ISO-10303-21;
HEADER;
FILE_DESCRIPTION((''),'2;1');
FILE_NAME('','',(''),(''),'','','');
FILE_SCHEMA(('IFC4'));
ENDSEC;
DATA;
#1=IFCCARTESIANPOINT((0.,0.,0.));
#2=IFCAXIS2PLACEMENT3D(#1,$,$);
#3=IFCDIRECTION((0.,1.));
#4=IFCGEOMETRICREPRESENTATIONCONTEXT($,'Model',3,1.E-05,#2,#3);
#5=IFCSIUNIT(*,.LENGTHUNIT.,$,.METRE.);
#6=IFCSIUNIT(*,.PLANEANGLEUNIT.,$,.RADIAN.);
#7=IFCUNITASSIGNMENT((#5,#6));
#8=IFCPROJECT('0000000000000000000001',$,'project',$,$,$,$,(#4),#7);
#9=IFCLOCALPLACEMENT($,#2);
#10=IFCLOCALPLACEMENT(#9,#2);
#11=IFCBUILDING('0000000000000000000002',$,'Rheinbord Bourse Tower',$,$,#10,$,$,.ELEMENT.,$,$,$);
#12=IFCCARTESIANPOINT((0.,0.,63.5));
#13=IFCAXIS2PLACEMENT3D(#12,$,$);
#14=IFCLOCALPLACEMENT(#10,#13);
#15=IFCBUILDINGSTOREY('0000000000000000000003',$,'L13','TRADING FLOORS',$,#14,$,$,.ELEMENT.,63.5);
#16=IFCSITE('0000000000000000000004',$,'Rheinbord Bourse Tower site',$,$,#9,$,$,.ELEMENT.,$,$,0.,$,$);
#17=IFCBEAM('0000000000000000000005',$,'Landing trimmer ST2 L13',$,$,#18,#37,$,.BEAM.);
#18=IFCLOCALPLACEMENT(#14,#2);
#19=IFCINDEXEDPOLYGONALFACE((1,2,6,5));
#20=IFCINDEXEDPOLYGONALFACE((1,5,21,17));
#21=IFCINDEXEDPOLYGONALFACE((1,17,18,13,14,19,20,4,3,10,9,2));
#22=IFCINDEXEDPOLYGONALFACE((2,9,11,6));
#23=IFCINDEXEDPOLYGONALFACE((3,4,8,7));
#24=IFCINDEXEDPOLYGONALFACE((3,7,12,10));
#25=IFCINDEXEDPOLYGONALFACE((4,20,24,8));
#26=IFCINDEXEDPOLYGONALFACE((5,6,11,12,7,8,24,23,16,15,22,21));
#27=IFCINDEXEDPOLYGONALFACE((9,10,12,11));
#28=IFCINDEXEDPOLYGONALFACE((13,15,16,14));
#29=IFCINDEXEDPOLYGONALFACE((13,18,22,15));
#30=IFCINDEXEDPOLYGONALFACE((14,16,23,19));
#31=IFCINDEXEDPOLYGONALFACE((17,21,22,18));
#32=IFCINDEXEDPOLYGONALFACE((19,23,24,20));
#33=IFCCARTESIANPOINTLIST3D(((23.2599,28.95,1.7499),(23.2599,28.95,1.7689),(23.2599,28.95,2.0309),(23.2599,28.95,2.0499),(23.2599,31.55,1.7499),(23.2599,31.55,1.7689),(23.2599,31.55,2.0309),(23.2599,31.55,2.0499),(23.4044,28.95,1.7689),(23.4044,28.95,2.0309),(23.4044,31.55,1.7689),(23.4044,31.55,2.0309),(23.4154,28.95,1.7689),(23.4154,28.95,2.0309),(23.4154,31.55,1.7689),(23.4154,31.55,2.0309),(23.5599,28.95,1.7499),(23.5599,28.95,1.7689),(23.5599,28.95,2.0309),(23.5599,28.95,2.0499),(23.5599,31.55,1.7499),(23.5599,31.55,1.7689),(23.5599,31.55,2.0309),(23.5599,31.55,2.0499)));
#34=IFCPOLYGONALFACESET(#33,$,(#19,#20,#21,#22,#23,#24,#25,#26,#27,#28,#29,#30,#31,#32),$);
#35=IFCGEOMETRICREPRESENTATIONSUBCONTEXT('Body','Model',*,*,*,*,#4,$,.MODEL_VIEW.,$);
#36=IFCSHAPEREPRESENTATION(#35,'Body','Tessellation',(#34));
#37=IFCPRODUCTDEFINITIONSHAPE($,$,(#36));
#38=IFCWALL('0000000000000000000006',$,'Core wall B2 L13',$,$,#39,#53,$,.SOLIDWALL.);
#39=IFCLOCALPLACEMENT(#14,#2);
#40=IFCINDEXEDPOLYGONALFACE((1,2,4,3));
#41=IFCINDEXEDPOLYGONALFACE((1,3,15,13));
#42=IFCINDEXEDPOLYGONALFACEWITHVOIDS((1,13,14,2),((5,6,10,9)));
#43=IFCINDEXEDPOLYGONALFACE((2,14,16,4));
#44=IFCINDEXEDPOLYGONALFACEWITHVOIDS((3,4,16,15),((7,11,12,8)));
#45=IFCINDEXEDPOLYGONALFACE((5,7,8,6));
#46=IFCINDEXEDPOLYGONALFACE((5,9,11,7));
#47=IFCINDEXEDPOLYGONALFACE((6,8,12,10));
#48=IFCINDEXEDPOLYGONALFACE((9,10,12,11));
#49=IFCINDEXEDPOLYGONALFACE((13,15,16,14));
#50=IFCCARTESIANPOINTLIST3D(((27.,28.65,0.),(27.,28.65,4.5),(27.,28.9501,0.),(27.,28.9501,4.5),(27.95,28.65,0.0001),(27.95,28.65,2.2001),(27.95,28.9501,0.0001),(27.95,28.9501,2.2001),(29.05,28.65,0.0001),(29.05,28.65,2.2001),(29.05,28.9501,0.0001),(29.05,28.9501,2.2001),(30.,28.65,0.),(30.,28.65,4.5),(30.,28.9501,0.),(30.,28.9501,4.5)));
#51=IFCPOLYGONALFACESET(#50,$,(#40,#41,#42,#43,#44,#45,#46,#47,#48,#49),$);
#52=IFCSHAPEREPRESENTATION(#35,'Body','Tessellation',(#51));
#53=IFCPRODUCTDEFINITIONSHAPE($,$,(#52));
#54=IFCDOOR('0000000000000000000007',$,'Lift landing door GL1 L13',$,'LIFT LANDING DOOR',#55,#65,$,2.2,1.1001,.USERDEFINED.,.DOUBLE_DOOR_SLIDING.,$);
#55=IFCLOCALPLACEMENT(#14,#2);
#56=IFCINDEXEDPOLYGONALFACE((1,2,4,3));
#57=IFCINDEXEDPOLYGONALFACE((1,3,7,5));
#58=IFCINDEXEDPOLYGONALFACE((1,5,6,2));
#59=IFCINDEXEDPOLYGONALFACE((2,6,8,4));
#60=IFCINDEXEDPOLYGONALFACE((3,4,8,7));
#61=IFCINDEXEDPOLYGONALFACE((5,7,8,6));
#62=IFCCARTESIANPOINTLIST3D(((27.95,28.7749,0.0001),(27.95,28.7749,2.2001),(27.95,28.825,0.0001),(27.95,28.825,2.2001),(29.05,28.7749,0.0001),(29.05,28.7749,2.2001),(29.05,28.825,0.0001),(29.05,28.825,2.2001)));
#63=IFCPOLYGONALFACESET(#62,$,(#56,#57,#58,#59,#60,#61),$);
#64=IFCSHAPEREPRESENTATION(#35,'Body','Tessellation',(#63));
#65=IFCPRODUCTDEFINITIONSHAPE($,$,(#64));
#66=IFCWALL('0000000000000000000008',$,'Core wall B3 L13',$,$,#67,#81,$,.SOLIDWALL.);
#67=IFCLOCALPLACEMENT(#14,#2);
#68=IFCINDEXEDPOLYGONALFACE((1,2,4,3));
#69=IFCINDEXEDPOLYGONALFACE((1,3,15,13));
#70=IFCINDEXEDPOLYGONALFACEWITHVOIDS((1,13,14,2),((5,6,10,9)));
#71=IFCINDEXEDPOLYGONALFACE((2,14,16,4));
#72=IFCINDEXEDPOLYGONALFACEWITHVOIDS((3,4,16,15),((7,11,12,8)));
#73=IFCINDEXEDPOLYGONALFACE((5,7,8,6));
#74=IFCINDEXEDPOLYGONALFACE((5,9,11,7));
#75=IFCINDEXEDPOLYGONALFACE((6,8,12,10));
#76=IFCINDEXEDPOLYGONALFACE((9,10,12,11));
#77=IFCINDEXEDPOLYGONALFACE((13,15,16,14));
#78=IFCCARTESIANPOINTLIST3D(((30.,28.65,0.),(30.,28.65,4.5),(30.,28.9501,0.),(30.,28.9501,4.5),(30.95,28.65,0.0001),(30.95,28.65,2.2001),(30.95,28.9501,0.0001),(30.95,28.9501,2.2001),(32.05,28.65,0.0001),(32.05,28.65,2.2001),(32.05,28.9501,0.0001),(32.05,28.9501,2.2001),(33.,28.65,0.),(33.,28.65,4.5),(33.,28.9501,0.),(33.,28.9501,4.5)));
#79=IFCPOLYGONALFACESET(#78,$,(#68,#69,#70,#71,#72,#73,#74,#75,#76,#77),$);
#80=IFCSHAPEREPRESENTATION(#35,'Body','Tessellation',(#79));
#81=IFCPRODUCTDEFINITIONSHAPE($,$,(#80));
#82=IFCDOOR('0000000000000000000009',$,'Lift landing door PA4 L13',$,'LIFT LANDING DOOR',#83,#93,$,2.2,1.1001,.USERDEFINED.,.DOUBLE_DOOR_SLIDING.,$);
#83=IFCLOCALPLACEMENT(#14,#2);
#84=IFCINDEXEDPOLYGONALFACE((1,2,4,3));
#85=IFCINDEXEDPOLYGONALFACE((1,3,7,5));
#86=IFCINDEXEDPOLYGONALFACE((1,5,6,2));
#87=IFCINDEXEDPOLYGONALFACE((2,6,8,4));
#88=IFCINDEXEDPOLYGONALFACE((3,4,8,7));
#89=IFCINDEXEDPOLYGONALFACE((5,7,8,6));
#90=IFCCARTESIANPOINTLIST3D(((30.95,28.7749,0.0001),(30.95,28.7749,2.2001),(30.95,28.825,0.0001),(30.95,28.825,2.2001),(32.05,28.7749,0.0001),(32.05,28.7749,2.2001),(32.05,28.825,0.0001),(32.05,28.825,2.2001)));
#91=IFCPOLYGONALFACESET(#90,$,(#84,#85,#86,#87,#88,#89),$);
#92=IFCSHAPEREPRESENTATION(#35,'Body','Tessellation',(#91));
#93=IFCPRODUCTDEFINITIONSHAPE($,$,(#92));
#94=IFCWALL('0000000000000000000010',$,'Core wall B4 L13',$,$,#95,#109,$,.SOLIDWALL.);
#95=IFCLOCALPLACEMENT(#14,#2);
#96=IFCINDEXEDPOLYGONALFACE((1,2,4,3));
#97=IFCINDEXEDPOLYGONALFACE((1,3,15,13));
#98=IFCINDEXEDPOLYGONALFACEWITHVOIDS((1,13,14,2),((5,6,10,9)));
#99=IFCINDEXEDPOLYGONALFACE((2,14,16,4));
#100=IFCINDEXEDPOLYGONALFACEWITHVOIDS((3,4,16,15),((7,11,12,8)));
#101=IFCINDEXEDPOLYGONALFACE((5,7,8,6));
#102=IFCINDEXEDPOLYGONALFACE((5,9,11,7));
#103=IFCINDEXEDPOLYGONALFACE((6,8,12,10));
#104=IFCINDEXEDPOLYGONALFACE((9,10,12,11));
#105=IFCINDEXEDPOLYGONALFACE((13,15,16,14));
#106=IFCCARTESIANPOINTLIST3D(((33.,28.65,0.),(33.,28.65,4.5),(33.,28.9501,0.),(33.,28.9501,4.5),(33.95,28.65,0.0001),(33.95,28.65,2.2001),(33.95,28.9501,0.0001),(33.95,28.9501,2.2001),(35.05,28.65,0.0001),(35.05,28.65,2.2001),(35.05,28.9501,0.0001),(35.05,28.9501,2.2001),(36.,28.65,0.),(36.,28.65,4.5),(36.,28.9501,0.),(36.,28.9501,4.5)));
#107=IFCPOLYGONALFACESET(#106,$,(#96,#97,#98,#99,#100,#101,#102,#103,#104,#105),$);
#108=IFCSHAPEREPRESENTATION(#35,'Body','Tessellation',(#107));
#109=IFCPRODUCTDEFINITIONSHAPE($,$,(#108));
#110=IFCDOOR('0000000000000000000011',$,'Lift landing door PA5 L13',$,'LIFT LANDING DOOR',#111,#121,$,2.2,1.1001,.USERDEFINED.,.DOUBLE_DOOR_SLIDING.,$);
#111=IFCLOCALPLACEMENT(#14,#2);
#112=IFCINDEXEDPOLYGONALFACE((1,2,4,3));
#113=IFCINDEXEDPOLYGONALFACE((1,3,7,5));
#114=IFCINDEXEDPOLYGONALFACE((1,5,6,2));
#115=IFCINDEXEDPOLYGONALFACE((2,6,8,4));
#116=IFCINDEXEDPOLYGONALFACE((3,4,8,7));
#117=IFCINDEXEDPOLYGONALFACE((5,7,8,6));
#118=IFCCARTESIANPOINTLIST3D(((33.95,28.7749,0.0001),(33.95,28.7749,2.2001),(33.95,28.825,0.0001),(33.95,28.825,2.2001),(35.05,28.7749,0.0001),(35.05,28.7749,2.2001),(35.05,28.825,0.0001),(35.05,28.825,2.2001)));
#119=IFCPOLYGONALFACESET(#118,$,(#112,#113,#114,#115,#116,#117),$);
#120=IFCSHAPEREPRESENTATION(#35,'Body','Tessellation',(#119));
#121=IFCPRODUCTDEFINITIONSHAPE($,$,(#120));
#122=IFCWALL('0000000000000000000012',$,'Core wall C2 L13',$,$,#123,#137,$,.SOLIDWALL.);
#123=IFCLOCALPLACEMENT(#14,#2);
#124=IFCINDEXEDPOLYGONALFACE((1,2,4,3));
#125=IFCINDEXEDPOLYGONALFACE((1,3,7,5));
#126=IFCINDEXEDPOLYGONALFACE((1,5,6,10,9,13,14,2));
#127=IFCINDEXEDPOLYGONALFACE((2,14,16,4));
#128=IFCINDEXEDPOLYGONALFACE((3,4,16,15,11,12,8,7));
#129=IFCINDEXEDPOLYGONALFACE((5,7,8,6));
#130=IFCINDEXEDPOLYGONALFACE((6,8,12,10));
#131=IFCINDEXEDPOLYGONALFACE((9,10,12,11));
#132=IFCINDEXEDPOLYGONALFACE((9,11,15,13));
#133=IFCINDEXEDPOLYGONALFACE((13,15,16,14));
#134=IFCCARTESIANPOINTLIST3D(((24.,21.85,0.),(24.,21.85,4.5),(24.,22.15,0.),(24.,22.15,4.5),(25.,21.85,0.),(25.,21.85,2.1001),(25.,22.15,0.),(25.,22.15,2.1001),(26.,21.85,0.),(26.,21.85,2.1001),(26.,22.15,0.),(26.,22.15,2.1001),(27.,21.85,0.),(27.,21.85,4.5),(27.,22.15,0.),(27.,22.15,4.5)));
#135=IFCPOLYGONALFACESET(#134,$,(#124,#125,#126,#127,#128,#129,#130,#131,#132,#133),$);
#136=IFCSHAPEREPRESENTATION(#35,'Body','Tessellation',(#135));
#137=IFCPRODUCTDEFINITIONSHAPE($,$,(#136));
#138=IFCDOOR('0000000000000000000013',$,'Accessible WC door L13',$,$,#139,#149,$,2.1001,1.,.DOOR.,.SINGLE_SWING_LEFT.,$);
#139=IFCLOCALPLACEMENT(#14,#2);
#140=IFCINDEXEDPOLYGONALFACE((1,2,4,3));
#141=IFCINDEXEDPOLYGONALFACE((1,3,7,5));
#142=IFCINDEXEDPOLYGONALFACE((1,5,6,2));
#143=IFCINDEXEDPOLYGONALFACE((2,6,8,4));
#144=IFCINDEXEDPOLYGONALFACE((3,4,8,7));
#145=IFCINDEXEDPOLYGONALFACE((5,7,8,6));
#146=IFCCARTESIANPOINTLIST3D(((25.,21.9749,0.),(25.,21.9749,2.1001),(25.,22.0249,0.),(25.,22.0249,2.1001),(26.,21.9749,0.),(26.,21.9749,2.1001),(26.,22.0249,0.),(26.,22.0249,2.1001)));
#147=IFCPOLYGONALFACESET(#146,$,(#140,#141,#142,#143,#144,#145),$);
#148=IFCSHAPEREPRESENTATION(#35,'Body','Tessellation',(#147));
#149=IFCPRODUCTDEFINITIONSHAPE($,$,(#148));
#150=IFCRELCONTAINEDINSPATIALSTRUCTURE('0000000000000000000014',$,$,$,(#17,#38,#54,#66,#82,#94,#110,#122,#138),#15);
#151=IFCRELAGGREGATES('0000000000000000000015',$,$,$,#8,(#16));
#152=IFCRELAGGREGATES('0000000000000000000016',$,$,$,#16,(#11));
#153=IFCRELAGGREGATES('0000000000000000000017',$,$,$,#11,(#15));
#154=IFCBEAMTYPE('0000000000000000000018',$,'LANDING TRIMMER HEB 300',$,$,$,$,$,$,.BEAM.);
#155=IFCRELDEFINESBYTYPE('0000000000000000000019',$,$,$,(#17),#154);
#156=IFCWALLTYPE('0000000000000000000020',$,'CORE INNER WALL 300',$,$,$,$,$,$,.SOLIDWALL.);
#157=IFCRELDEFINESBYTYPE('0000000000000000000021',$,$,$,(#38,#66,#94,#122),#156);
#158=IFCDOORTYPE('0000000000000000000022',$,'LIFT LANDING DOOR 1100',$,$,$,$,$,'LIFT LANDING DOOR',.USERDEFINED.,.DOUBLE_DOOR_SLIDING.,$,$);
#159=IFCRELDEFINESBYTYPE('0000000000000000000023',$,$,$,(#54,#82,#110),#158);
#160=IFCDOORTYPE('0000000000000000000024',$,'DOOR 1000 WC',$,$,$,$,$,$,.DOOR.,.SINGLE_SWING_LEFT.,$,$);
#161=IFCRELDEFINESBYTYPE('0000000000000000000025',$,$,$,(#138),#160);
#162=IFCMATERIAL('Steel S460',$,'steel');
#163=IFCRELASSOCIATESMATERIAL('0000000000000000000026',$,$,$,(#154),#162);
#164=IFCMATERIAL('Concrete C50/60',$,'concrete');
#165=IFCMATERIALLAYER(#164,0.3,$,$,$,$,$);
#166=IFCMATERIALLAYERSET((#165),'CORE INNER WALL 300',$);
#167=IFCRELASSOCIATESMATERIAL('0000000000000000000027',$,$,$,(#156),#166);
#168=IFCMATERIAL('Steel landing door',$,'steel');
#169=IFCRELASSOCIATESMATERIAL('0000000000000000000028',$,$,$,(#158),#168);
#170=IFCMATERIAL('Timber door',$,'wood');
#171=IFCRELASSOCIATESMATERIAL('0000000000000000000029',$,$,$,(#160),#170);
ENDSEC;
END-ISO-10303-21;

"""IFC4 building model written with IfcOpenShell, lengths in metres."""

from ifc_helpers import new_model, si_unit, direction, frame, frame_2d, origin, origin_2d, place, context, subcontext, project, spatial, rectangle, i_section, extrude, material, layer, layer_set, material_profile, profile_set, type_object, element, fill, save


model = new_model("IFC4")

# Units and contexts
model_context = context("Model", 3, precision=1e-05, world=origin(), true_north=direction((0.0, 1.0)))
body_context = subcontext(model_context, "Body", "Model", "MODEL_VIEW")
ifc_project = project(units=[si_unit("LENGTHUNIT", "METRE"), si_unit("PLANEANGLEUNIT", "RADIAN")], contexts=[model_context])

# Site, building, storey
site_placement = place(None, origin())
site = spatial("IfcSite", under=ifc_project, at=site_placement, Name="Rheinbord Bourse Tower site", CompositionType="ELEMENT", RefElevation=0.0)
building_placement = place(site_placement, origin())
building = spatial("IfcBuilding", under=site, at=building_placement, Name="Rheinbord Bourse Tower", CompositionType="ELEMENT")
storey_placement = place(building_placement, frame((0.0, 0.0, 63.5)))
storey = spatial("IfcBuildingStorey", under=building, at=storey_placement, Name="L13", Description="TRADING FLOORS", CompositionType="ELEMENT", Elevation=63.5)

# Beam
ifc_material_1 = material(Name="Steel S460", Category="steel")
ifc_material_profile = material_profile(ifc_material_1, i_section(OverallWidth=0.3, OverallDepth=0.3, WebThickness=0.011, FlangeThickness=0.019, at=origin_2d()), Name="HEB 300")
ifc_profile_set = profile_set([ifc_material_profile], Name="Steel S460")
beam_type = type_object("IfcBeamType", Name="LANDING TRIMMER HEB 300", PredefinedType="BEAM", material=ifc_profile_set)
beam_placement = place(storey_placement, frame((23.4099, 28.95, 1.8999), z_axis=(0.0, 1.0, 0.0), x_axis=(-1.0, 0.0, 0.0)))
element("IfcBeam", 1, at=beam_placement, inside=storey, type_object=beam_type, Name="Landing trimmer ST2 L13", PredefinedType="BEAM", context=body_context, shape_type="SweptSolid", body=[
    extrude(i_section(OverallWidth=0.3, OverallDepth=0.3, WebThickness=0.011, FlangeThickness=0.019, at=origin_2d()), origin(), (0.0, 0.0, 1.0), 2.6001),
])

# Walls, openings, doors
ifc_material_2 = material(Name="Concrete C50/60", Category="concrete")
ifc_layer_1 = layer(ifc_material_2, 0.3)
ifc_layer_set_1 = layer_set([ifc_layer_1], Name="CORE INNER WALL 300")
wall_type_1 = type_object("IfcWallType", Name="CORE INNER WALL 300", PredefinedType="SOLIDWALL", material=ifc_layer_set_1)
wall_1_placement = place(storey_placement, frame((27.0, 28.8, 0.0), z_axis=(0.0, 0.0, 1.0), x_axis=(1.0, 0.0, 0.0)))
wall_1 = element("IfcWall", 2, at=wall_1_placement, inside=storey, type_object=wall_type_1, Name="Core wall B2 L13", PredefinedType="SOLIDWALL", context=body_context, shape_type="SweptSolid", body=[
    extrude(rectangle(XDim=3.0, YDim=0.3, at=frame_2d((1.5, 0.0))), origin(), (0.0, 0.0, 1.0), 4.5),
])
opening_1_placement = place(wall_1_placement, frame((0.95, 0.0, 0.0)))
opening_1 = element("IfcOpeningElement", 3, at=opening_1_placement, cuts=wall_1, PredefinedType="OPENING", context=body_context, shape_type="SweptSolid", body=[
    extrude(rectangle(XDim=1.1001, YDim=2.2, at=frame_2d((0.55, 1.1001))), frame((0.0, 0.1599, 0.0), z_axis=(0.0, -1.0, 0.0), x_axis=(1.0, 0.0, 0.0)), (0.0, 0.0, 1.0), 0.3201),
])
ifc_material_3 = material(Name="Steel landing door", Category="steel")
door_type_1 = type_object("IfcDoorType", Name="LIFT LANDING DOOR 1100", ElementType="LIFT LANDING DOOR", OperationType="DOUBLE_DOOR_SLIDING", PredefinedType="USERDEFINED", material=ifc_material_3)
door_1_placement = place(opening_1_placement, origin())
door_1 = element("IfcDoor", 4, at=door_1_placement, inside=storey, type_object=door_type_1, Name="Lift landing door GL1 L13", ObjectType="LIFT LANDING DOOR", OperationType="DOUBLE_DOOR_SLIDING", OverallHeight=2.2, OverallWidth=1.1001, PredefinedType="USERDEFINED", context=body_context, shape_type="SweptSolid", body=[
    extrude(rectangle(XDim=1.1001, YDim=2.2, at=frame_2d((0.55, 1.1001))), frame((0.0, 0.0249, 0.0), z_axis=(0.0, -1.0, 0.0), x_axis=(1.0, 0.0, 0.0)), (0.0, 0.0, 1.0), 0.05),
])
fill(opening_1, door_1)
wall_2_placement = place(storey_placement, frame((30.0, 28.8, 0.0), z_axis=(0.0, 0.0, 1.0), x_axis=(1.0, 0.0, 0.0)))
wall_2 = element("IfcWall", 5, at=wall_2_placement, inside=storey, type_object=wall_type_1, Name="Core wall B3 L13", PredefinedType="SOLIDWALL", context=body_context, shape_type="SweptSolid", body=[
    extrude(rectangle(XDim=3.0, YDim=0.3, at=frame_2d((1.5, 0.0))), origin(), (0.0, 0.0, 1.0), 4.5),
])
opening_2_placement = place(wall_2_placement, frame((0.95, 0.0, 0.0)))
opening_2 = element("IfcOpeningElement", 6, at=opening_2_placement, cuts=wall_2, PredefinedType="OPENING", context=body_context, shape_type="SweptSolid", body=[
    extrude(rectangle(XDim=1.1001, YDim=2.2, at=frame_2d((0.55, 1.1001))), frame((0.0, 0.1599, 0.0), z_axis=(0.0, -1.0, 0.0), x_axis=(1.0, 0.0, 0.0)), (0.0, 0.0, 1.0), 0.3201),
])
door_2_placement = place(opening_2_placement, origin())
door_2 = element("IfcDoor", 7, at=door_2_placement, inside=storey, type_object=door_type_1, Name="Lift landing door PA4 L13", ObjectType="LIFT LANDING DOOR", OperationType="DOUBLE_DOOR_SLIDING", OverallHeight=2.2, OverallWidth=1.1001, PredefinedType="USERDEFINED", context=body_context, shape_type="SweptSolid", body=[
    extrude(rectangle(XDim=1.1001, YDim=2.2, at=frame_2d((0.55, 1.1001))), frame((0.0, 0.0249, 0.0), z_axis=(0.0, -1.0, 0.0), x_axis=(1.0, 0.0, 0.0)), (0.0, 0.0, 1.0), 0.05),
])
fill(opening_2, door_2)
wall_3_placement = place(storey_placement, frame((33.0, 28.8, 0.0), z_axis=(0.0, 0.0, 1.0), x_axis=(1.0, 0.0, 0.0)))
wall_3 = element("IfcWall", 8, at=wall_3_placement, inside=storey, type_object=wall_type_1, Name="Core wall B4 L13", PredefinedType="SOLIDWALL", context=body_context, shape_type="SweptSolid", body=[
    extrude(rectangle(XDim=3.0, YDim=0.3, at=frame_2d((1.5, 0.0))), origin(), (0.0, 0.0, 1.0), 4.5),
])
opening_3_placement = place(wall_3_placement, frame((0.95, 0.0, 0.0)))
opening_3 = element("IfcOpeningElement", 9, at=opening_3_placement, cuts=wall_3, PredefinedType="OPENING", context=body_context, shape_type="SweptSolid", body=[
    extrude(rectangle(XDim=1.1001, YDim=2.2, at=frame_2d((0.55, 1.1001))), frame((0.0, 0.1599, 0.0), z_axis=(0.0, -1.0, 0.0), x_axis=(1.0, 0.0, 0.0)), (0.0, 0.0, 1.0), 0.3201),
])
door_3_placement = place(opening_3_placement, origin())
door_3 = element("IfcDoor", 10, at=door_3_placement, inside=storey, type_object=door_type_1, Name="Lift landing door PA5 L13", ObjectType="LIFT LANDING DOOR", OperationType="DOUBLE_DOOR_SLIDING", OverallHeight=2.2, OverallWidth=1.1001, PredefinedType="USERDEFINED", context=body_context, shape_type="SweptSolid", body=[
    extrude(rectangle(XDim=1.1001, YDim=2.2, at=frame_2d((0.55, 1.1001))), frame((0.0, 0.0249, 0.0), z_axis=(0.0, -1.0, 0.0), x_axis=(1.0, 0.0, 0.0)), (0.0, 0.0, 1.0), 0.05),
])
fill(opening_3, door_3)
wall_4_placement = place(storey_placement, frame((24.0, 22.0, 0.0), z_axis=(0.0, 0.0, 1.0), x_axis=(1.0, 0.0, 0.0)))
wall_4 = element("IfcWall", 11, at=wall_4_placement, inside=storey, type_object=wall_type_1, Name="Core wall C2 L13", PredefinedType="SOLIDWALL", context=body_context, shape_type="SweptSolid", body=[
    extrude(rectangle(XDim=3.0, YDim=0.3, at=frame_2d((1.5, 0.0))), origin(), (0.0, 0.0, 1.0), 4.5),
])
opening_4_placement = place(wall_4_placement, frame((1.0, 0.0, 0.0)))
opening_4 = element("IfcOpeningElement", 12, at=opening_4_placement, cuts=wall_4, PredefinedType="OPENING", context=body_context, shape_type="SweptSolid", body=[
    extrude(rectangle(XDim=1.0, YDim=2.1001, at=frame_2d((0.5, 1.05))), frame((0.0, 0.1599, 0.0), z_axis=(0.0, -1.0, 0.0), x_axis=(1.0, 0.0, 0.0)), (0.0, 0.0, 1.0), 0.3201),
])
ifc_material_4 = material(Name="Timber door", Category="wood")
door_type_2 = type_object("IfcDoorType", Name="DOOR 1000 WC", OperationType="SINGLE_SWING_LEFT", PredefinedType="DOOR", material=ifc_material_4)
door_4_placement = place(opening_4_placement, origin())
door_4 = element("IfcDoor", 13, at=door_4_placement, inside=storey, type_object=door_type_2, Name="Accessible WC door L13", OperationType="SINGLE_SWING_LEFT", OverallHeight=2.1001, OverallWidth=1.0, PredefinedType="DOOR", context=body_context, shape_type="SweptSolid", body=[
    extrude(rectangle(XDim=1.0, YDim=2.1001, at=frame_2d((0.5, 1.05))), frame((0.0, 0.0249, 0.0), z_axis=(0.0, -1.0, 0.0), x_axis=(1.0, 0.0, 0.0)), (0.0, 0.0, 1.0), 0.05),
])
fill(opening_4, door_4)

save(model, "model.ifc")
